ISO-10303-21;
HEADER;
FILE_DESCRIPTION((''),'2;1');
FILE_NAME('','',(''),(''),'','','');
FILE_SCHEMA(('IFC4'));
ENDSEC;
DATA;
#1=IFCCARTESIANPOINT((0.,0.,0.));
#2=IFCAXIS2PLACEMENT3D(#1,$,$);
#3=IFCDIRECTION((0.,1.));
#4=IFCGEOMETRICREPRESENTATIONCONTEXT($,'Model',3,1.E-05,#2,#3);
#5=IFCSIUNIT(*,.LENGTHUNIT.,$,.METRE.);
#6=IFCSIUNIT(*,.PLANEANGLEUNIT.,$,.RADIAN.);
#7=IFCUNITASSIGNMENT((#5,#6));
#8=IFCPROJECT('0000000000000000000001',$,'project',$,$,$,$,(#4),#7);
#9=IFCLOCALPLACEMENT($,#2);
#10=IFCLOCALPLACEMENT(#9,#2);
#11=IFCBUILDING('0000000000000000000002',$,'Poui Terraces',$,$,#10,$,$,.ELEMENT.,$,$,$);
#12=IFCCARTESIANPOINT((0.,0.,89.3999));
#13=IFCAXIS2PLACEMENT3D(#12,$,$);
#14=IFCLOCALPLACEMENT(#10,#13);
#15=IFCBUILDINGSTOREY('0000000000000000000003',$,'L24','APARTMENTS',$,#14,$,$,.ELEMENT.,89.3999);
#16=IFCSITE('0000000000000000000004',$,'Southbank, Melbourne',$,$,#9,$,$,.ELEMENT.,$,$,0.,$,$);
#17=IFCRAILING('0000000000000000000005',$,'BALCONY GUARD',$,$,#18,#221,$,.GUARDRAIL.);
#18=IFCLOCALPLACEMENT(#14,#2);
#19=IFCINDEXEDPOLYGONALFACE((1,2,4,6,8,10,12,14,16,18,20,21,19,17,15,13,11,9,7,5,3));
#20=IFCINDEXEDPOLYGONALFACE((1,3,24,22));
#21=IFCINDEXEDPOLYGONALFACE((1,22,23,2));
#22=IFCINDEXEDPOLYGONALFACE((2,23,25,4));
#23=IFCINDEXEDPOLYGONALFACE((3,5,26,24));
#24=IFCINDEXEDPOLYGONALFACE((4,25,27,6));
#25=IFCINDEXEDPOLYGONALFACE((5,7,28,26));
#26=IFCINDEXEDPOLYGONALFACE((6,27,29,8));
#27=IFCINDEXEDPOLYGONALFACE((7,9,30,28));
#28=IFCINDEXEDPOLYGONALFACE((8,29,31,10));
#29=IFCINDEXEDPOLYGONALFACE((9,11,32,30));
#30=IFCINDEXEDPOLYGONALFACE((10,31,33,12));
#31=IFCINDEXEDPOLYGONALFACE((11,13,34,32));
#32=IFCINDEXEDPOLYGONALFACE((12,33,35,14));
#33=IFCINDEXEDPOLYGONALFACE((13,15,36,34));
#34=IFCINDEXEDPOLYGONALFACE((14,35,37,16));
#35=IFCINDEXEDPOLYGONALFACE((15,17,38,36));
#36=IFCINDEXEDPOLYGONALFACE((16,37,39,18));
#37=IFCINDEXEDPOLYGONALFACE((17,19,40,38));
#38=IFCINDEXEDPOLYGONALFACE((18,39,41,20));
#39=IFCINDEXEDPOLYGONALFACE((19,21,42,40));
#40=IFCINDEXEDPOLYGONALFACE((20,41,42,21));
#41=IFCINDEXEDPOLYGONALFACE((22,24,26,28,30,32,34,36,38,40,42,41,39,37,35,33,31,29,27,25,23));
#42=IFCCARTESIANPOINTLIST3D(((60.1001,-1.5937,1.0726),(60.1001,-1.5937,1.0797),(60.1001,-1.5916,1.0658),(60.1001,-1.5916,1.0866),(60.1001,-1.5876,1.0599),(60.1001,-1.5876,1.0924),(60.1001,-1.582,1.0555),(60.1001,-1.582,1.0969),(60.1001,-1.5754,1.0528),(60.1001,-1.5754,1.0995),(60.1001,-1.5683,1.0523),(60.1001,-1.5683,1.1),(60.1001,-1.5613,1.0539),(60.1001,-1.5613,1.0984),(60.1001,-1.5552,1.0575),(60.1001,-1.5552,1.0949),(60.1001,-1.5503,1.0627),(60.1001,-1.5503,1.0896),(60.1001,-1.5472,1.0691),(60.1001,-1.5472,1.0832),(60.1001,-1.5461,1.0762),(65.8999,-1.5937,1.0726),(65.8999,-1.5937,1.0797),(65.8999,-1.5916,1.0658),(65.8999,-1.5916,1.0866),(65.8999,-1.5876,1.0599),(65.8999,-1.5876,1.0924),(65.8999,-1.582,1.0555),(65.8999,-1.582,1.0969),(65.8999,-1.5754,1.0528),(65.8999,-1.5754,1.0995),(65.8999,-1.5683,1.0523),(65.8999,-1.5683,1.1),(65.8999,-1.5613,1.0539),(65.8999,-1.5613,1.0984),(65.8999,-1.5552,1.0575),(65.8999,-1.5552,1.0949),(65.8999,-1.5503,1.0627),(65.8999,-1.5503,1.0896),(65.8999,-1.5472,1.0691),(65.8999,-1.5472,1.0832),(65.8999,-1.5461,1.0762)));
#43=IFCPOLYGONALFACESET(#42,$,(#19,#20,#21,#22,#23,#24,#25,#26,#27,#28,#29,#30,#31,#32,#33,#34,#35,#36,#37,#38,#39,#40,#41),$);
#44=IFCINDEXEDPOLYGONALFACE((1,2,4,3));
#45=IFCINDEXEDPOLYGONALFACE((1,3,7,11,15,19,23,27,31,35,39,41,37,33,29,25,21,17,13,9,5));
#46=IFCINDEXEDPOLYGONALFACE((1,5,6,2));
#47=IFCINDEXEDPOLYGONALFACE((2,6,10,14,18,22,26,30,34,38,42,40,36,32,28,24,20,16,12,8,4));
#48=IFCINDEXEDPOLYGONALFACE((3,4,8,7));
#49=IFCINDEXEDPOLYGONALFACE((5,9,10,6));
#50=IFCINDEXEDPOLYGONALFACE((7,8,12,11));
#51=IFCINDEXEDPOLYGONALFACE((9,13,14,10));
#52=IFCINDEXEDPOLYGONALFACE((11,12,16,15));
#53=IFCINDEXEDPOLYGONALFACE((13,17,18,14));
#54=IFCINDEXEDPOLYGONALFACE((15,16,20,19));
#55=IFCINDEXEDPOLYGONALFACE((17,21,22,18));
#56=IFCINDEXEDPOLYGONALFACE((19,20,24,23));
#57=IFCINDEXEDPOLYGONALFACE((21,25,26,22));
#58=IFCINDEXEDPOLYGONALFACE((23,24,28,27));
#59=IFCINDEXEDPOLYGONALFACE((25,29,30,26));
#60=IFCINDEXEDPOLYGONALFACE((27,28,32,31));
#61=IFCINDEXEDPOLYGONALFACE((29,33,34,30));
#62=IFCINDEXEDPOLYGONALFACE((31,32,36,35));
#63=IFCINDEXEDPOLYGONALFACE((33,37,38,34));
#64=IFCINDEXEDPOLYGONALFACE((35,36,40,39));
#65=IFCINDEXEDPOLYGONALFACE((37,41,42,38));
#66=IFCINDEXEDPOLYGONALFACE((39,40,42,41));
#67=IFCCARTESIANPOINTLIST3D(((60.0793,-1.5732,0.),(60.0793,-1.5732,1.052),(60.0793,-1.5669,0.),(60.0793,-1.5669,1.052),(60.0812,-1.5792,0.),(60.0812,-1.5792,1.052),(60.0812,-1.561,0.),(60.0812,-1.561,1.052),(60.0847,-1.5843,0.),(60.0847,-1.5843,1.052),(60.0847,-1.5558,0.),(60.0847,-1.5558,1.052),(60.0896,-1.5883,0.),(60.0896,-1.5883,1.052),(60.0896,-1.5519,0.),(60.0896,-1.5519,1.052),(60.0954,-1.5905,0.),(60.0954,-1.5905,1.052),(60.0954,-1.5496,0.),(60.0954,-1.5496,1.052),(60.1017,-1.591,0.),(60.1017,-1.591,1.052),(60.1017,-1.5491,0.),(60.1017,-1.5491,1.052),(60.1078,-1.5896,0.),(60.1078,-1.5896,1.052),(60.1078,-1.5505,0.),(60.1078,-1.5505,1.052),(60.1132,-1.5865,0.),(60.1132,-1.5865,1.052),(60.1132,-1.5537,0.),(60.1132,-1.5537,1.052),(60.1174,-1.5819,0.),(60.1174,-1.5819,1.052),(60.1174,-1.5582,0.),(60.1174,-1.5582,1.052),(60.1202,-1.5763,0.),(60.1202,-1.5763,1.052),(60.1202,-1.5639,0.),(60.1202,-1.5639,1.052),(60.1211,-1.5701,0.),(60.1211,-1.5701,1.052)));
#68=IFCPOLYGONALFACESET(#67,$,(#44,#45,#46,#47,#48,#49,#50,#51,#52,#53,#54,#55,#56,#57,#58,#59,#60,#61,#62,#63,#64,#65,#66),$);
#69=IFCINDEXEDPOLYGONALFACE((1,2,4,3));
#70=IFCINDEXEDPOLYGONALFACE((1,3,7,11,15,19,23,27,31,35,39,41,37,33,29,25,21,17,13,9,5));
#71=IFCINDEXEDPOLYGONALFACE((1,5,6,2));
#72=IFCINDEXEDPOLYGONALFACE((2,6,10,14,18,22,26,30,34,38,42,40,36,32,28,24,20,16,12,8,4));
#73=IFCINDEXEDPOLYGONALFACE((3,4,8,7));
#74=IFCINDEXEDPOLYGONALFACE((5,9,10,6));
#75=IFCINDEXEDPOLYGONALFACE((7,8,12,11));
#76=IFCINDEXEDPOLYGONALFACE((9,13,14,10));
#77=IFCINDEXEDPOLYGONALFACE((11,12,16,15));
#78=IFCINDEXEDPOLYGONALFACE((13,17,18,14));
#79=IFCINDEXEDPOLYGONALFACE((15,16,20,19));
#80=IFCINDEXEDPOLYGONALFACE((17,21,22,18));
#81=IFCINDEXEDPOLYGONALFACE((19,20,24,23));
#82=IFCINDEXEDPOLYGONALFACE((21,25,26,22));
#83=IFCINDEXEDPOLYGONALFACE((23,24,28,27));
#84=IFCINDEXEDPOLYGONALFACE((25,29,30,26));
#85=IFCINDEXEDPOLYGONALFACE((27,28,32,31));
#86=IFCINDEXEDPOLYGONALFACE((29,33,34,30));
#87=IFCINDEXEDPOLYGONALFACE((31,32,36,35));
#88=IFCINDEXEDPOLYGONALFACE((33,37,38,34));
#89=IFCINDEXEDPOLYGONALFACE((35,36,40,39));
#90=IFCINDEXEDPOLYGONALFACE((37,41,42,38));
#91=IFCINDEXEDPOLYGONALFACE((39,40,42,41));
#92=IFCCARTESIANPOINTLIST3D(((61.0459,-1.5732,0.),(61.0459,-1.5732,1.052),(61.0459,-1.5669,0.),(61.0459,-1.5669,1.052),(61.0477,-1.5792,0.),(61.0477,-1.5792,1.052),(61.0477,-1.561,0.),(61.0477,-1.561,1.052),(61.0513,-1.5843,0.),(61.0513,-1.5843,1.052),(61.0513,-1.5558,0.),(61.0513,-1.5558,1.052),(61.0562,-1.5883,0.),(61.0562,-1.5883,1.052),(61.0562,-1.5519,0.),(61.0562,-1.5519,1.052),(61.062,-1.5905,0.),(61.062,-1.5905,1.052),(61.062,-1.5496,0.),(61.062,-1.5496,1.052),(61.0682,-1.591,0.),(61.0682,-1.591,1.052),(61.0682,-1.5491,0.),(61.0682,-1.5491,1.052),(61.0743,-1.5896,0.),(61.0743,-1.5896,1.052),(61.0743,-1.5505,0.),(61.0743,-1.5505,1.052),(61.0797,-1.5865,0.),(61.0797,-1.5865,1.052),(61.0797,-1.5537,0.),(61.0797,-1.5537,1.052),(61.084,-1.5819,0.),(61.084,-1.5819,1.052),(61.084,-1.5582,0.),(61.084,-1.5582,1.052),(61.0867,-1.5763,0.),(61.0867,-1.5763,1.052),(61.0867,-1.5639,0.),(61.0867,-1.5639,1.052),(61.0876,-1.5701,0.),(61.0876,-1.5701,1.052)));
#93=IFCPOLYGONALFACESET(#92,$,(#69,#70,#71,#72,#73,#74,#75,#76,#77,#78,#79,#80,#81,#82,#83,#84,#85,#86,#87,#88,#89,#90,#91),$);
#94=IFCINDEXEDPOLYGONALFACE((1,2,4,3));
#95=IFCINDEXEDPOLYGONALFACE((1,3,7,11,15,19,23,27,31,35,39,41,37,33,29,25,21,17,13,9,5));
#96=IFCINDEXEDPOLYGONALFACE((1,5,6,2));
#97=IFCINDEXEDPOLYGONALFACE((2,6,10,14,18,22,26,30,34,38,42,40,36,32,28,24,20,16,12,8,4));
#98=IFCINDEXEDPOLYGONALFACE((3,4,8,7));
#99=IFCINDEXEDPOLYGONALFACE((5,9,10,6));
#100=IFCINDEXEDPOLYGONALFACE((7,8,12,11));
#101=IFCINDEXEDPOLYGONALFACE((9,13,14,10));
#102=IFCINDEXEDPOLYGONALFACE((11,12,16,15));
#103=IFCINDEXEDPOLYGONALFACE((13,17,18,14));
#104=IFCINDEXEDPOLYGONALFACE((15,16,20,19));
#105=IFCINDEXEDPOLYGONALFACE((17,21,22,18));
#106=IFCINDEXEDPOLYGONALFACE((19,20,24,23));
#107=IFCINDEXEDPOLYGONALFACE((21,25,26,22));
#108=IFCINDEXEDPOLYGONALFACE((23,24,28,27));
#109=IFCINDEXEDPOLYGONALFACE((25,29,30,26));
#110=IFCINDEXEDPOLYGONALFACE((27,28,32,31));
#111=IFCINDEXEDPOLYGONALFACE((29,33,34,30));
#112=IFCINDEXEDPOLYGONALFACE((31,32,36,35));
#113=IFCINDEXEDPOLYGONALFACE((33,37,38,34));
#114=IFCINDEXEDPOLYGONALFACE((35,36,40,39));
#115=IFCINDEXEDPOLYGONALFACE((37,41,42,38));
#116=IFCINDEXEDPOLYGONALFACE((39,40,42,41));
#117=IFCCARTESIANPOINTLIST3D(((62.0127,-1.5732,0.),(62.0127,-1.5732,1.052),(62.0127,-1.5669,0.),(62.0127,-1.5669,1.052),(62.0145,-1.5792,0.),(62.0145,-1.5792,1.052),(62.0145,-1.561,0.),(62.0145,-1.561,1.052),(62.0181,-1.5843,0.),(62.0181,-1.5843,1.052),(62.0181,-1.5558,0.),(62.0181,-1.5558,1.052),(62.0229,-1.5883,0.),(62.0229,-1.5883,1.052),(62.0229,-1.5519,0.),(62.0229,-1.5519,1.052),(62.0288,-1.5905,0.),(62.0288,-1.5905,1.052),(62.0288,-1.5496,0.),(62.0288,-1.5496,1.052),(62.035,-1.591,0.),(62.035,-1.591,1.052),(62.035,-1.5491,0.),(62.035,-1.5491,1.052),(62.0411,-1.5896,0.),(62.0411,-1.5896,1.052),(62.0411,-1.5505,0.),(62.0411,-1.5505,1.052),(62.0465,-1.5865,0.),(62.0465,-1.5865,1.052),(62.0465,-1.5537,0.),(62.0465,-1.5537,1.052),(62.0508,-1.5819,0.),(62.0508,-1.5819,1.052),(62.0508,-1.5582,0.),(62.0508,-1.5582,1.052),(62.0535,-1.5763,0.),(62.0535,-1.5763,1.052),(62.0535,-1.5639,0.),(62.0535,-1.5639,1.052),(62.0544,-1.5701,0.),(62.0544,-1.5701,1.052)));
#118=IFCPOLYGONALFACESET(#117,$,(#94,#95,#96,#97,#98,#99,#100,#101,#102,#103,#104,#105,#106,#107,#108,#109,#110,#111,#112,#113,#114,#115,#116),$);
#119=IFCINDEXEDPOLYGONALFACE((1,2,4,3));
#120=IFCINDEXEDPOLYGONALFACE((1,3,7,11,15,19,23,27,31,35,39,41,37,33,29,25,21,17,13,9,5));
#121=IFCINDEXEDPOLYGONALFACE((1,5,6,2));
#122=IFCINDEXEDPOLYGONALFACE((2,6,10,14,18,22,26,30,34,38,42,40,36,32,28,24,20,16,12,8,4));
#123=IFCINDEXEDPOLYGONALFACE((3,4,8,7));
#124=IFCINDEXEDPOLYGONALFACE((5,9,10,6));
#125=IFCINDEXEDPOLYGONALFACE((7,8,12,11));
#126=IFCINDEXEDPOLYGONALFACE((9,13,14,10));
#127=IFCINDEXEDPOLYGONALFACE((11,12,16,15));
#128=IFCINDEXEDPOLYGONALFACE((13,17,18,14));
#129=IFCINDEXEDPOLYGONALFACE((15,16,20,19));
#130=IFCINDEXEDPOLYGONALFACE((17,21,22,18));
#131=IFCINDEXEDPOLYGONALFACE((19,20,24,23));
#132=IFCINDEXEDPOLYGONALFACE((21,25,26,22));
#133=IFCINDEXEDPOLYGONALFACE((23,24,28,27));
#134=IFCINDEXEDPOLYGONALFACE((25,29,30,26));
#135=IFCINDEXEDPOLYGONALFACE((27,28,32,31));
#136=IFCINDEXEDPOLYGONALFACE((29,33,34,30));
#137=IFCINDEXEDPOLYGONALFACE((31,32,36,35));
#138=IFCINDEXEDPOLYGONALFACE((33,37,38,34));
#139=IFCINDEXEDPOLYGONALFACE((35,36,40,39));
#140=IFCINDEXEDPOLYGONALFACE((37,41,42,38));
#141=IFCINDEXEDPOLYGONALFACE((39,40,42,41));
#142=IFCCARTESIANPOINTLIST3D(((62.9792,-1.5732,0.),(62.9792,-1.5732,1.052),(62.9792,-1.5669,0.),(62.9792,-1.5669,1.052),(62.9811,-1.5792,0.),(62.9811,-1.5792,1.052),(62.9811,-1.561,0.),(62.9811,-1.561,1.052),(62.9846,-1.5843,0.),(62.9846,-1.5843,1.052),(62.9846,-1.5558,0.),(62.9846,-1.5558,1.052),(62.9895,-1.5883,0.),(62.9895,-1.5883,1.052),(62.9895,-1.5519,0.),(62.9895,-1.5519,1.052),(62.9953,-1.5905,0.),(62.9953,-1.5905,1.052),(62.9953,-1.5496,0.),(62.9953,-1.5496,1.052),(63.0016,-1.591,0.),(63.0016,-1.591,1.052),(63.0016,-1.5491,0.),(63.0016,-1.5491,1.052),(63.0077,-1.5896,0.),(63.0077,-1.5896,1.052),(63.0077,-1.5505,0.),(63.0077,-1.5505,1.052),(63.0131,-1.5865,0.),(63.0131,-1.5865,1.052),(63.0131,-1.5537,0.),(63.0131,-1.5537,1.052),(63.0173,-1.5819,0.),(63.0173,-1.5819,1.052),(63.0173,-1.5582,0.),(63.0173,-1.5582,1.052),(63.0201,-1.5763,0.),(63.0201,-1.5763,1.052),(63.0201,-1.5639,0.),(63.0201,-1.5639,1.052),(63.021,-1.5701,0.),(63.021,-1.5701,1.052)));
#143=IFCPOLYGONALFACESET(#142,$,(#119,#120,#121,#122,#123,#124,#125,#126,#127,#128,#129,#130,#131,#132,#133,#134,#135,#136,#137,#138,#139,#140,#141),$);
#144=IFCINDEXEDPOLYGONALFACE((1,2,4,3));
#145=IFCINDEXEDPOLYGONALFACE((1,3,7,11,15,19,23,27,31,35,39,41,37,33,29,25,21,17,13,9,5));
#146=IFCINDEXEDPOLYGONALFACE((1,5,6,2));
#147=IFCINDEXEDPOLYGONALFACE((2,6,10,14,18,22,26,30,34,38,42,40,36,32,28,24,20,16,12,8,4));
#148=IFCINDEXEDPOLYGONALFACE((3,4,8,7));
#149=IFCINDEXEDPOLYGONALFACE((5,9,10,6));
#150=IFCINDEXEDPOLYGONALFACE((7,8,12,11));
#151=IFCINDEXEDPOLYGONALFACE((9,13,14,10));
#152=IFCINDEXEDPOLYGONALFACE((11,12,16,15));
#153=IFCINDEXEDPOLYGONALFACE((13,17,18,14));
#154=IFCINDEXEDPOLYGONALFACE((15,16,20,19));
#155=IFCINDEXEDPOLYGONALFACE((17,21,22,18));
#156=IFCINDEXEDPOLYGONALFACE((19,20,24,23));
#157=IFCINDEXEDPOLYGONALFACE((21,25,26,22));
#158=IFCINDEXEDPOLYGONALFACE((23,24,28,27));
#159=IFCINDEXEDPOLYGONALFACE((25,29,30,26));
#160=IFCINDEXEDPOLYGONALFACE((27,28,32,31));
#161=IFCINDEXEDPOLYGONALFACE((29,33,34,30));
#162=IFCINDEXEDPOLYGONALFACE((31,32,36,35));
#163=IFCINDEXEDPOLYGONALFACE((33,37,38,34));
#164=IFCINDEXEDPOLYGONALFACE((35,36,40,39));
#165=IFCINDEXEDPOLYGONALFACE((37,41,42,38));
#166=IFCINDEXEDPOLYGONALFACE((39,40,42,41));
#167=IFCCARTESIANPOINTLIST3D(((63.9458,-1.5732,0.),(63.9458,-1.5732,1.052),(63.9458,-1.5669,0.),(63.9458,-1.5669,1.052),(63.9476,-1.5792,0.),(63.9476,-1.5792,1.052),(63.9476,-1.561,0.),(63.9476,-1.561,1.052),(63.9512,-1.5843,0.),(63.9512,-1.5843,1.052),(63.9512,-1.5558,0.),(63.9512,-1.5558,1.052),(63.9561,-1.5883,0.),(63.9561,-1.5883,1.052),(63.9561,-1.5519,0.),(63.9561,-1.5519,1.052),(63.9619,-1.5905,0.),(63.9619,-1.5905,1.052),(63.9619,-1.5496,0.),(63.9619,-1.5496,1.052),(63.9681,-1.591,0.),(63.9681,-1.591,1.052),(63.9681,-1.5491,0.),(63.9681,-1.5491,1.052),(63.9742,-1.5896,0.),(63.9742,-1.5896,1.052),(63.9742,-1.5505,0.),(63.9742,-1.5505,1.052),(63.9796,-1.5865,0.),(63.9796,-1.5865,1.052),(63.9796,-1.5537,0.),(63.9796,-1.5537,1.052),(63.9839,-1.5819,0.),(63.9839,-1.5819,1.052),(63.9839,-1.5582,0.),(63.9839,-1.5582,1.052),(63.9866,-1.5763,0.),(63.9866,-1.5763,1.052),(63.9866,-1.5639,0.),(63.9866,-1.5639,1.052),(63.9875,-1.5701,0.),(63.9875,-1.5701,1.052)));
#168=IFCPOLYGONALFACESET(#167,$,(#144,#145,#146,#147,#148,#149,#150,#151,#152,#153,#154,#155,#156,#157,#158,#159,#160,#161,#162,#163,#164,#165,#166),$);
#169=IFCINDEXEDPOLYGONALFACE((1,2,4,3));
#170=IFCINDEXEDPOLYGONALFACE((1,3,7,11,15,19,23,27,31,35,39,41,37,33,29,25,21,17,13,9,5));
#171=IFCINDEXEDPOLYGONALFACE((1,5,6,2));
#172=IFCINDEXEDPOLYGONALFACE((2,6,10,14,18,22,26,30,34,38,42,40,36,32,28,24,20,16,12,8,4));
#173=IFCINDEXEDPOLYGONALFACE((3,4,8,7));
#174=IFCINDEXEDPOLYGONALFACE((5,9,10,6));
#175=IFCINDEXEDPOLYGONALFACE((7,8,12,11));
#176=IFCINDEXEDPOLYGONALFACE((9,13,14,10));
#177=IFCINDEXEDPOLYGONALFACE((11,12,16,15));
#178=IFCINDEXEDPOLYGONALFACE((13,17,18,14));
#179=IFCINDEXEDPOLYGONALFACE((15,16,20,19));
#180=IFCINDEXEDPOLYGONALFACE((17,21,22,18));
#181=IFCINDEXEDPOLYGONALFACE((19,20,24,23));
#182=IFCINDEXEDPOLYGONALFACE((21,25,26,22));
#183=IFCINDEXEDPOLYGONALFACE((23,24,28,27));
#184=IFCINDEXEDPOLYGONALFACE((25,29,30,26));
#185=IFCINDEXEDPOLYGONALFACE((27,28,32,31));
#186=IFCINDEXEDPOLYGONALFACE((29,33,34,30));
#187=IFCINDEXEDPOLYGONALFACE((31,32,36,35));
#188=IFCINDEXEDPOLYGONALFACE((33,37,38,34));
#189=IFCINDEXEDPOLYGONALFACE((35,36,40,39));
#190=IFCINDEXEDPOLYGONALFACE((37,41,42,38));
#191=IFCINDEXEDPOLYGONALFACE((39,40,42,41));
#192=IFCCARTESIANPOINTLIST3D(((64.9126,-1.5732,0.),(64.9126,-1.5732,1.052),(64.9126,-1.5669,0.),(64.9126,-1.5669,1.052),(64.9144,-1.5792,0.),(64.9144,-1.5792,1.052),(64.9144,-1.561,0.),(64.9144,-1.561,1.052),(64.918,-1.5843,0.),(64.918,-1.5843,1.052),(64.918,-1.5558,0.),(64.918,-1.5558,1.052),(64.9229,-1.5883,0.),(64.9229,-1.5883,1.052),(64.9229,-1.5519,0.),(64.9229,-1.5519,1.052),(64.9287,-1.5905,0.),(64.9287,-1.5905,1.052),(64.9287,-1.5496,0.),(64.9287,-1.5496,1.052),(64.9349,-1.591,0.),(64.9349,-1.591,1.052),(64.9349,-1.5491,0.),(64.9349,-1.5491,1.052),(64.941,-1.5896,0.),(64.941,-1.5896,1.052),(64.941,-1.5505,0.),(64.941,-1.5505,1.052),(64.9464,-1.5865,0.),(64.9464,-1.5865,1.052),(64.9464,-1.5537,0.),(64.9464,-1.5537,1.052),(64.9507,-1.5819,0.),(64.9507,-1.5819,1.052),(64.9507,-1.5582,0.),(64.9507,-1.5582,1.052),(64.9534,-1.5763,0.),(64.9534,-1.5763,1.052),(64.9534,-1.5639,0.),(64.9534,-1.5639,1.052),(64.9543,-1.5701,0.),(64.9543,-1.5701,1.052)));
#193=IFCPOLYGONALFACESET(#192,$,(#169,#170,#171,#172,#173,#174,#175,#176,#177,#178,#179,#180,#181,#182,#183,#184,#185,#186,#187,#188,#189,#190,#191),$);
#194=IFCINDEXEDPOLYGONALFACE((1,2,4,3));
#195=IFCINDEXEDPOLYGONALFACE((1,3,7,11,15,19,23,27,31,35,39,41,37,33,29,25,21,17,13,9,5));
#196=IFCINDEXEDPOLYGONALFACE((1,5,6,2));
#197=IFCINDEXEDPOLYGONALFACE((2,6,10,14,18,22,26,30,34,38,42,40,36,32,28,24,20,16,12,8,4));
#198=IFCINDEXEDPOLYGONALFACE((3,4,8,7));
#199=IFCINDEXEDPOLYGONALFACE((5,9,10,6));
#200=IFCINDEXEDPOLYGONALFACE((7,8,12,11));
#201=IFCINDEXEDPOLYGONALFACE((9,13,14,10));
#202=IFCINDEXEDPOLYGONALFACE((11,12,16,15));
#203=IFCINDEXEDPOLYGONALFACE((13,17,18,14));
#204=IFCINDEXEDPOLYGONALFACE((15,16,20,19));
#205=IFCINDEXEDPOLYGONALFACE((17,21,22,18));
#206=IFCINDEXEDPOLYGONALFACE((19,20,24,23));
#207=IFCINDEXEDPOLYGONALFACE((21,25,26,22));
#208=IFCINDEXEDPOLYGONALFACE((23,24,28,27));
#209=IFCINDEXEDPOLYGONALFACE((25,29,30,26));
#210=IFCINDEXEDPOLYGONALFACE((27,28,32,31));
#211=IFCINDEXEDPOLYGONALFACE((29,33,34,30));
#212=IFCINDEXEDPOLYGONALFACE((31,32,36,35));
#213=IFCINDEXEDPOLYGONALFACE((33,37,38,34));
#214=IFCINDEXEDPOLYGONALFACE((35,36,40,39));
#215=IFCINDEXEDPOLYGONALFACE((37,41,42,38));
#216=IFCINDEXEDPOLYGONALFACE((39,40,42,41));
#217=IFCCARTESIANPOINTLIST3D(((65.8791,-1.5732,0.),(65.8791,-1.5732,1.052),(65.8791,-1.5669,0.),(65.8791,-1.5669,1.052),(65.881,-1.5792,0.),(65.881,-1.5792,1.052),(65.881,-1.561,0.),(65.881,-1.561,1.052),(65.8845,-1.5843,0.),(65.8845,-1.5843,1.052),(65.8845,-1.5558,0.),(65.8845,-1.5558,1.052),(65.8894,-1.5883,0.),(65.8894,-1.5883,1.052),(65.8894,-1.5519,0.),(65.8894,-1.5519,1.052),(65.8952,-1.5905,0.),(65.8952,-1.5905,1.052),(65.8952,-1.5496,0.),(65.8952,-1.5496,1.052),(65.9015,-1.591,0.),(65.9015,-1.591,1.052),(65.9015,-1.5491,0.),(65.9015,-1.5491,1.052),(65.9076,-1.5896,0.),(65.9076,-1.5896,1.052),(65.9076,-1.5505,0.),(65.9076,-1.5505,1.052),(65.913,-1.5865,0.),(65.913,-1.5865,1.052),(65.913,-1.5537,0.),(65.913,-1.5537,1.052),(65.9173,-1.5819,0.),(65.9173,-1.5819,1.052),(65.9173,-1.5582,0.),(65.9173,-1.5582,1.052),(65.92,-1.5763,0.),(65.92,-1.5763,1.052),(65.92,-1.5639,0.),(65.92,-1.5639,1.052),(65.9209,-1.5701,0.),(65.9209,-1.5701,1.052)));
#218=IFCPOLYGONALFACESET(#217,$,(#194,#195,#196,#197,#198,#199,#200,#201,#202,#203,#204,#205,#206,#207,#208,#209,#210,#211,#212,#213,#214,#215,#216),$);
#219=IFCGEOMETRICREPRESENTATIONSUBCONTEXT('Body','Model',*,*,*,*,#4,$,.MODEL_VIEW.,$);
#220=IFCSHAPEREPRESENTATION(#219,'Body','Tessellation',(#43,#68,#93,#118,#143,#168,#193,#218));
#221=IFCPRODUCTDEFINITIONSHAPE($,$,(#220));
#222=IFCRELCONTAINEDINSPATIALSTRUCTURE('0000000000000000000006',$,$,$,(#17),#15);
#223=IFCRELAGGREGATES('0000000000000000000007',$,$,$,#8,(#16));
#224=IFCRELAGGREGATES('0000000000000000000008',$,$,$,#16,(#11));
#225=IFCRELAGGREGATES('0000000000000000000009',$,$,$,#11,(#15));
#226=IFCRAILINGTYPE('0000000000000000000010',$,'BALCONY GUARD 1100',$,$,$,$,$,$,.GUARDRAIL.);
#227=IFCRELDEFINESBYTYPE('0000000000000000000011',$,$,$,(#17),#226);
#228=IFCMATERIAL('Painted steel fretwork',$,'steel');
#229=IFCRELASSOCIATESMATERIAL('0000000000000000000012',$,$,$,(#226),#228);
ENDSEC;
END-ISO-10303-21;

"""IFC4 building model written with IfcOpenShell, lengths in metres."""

from ifc_helpers import new_model, si_unit, direction, frame, origin, origin_2d, place, context, subcontext, project, spatial, circle, extrude, material, type_object, element, save


model = new_model("IFC4")

# Units and contexts
model_context = context("Model", 3, precision=1e-05, world=origin(), true_north=direction((0.0, 1.0)))
body_context = subcontext(model_context, "Body", "Model", "MODEL_VIEW")
ifc_project = project(units=[si_unit("LENGTHUNIT", "METRE"), si_unit("PLANEANGLEUNIT", "RADIAN")], contexts=[model_context])

# Site, building, storey
site_placement = place(None, origin())
site = spatial("IfcSite", under=ifc_project, at=site_placement, Name="Southbank, Melbourne", CompositionType="ELEMENT", RefElevation=0.0)
building_placement = place(site_placement, origin())
building = spatial("IfcBuilding", under=site, at=building_placement, Name="Poui Terraces", CompositionType="ELEMENT")
storey_placement = place(building_placement, frame((0.0, 0.0, 89.3999)))
storey = spatial("IfcBuildingStorey", under=building, at=storey_placement, Name="L24", Description="APARTMENTS", CompositionType="ELEMENT", Elevation=89.3999)

# Railing
ifc_material_1 = material(Name="Painted steel fretwork", Category="steel")
railing_type = type_object("IfcRailingType", Name="BALCONY GUARD 1100", PredefinedType="GUARDRAIL", material=ifc_material_1)
railing_placement = place(storey_placement, frame((60.1001, -1.5701, 0.0)))
element("IfcRailing", 1, at=railing_placement, inside=storey, type_object=railing_type, Name="BALCONY GUARD", PredefinedType="GUARDRAIL", context=body_context, shape_type="SweptSolid", body=[
    extrude(circle(Radius=0.0239, at=origin_2d()), frame((0.0, 0.0, 1.0762), z_axis=(1.0, 0.0, 0.0), x_axis=(0.0, 1.0, 0.0)), (0.0, 0.0, 1.0), 5.7998),
    extrude(circle(Radius=0.021, at=origin_2d()), origin(), (0.0, 0.0, 1.0), 1.052),
    extrude(circle(Radius=0.021, at=origin_2d()), frame((0.9666, 0.0, 0.0)), (0.0, 0.0, 1.0), 1.052),
    extrude(circle(Radius=0.021, at=origin_2d()), frame((1.9333, 0.0, 0.0)), (0.0, 0.0, 1.0), 1.052),
    extrude(circle(Radius=0.021, at=origin_2d()), frame((2.8999, 0.0, 0.0)), (0.0, 0.0, 1.0), 1.052),
    extrude(circle(Radius=0.021, at=origin_2d()), frame((3.8665, 0.0, 0.0)), (0.0, 0.0, 1.0), 1.052),
    extrude(circle(Radius=0.021, at=origin_2d()), frame((4.8333, 0.0, 0.0)), (0.0, 0.0, 1.0), 1.052),
    extrude(circle(Radius=0.021, at=origin_2d()), frame((5.7998, 0.0, 0.0)), (0.0, 0.0, 1.0), 1.052),
])

save(model, "model.ifc")
